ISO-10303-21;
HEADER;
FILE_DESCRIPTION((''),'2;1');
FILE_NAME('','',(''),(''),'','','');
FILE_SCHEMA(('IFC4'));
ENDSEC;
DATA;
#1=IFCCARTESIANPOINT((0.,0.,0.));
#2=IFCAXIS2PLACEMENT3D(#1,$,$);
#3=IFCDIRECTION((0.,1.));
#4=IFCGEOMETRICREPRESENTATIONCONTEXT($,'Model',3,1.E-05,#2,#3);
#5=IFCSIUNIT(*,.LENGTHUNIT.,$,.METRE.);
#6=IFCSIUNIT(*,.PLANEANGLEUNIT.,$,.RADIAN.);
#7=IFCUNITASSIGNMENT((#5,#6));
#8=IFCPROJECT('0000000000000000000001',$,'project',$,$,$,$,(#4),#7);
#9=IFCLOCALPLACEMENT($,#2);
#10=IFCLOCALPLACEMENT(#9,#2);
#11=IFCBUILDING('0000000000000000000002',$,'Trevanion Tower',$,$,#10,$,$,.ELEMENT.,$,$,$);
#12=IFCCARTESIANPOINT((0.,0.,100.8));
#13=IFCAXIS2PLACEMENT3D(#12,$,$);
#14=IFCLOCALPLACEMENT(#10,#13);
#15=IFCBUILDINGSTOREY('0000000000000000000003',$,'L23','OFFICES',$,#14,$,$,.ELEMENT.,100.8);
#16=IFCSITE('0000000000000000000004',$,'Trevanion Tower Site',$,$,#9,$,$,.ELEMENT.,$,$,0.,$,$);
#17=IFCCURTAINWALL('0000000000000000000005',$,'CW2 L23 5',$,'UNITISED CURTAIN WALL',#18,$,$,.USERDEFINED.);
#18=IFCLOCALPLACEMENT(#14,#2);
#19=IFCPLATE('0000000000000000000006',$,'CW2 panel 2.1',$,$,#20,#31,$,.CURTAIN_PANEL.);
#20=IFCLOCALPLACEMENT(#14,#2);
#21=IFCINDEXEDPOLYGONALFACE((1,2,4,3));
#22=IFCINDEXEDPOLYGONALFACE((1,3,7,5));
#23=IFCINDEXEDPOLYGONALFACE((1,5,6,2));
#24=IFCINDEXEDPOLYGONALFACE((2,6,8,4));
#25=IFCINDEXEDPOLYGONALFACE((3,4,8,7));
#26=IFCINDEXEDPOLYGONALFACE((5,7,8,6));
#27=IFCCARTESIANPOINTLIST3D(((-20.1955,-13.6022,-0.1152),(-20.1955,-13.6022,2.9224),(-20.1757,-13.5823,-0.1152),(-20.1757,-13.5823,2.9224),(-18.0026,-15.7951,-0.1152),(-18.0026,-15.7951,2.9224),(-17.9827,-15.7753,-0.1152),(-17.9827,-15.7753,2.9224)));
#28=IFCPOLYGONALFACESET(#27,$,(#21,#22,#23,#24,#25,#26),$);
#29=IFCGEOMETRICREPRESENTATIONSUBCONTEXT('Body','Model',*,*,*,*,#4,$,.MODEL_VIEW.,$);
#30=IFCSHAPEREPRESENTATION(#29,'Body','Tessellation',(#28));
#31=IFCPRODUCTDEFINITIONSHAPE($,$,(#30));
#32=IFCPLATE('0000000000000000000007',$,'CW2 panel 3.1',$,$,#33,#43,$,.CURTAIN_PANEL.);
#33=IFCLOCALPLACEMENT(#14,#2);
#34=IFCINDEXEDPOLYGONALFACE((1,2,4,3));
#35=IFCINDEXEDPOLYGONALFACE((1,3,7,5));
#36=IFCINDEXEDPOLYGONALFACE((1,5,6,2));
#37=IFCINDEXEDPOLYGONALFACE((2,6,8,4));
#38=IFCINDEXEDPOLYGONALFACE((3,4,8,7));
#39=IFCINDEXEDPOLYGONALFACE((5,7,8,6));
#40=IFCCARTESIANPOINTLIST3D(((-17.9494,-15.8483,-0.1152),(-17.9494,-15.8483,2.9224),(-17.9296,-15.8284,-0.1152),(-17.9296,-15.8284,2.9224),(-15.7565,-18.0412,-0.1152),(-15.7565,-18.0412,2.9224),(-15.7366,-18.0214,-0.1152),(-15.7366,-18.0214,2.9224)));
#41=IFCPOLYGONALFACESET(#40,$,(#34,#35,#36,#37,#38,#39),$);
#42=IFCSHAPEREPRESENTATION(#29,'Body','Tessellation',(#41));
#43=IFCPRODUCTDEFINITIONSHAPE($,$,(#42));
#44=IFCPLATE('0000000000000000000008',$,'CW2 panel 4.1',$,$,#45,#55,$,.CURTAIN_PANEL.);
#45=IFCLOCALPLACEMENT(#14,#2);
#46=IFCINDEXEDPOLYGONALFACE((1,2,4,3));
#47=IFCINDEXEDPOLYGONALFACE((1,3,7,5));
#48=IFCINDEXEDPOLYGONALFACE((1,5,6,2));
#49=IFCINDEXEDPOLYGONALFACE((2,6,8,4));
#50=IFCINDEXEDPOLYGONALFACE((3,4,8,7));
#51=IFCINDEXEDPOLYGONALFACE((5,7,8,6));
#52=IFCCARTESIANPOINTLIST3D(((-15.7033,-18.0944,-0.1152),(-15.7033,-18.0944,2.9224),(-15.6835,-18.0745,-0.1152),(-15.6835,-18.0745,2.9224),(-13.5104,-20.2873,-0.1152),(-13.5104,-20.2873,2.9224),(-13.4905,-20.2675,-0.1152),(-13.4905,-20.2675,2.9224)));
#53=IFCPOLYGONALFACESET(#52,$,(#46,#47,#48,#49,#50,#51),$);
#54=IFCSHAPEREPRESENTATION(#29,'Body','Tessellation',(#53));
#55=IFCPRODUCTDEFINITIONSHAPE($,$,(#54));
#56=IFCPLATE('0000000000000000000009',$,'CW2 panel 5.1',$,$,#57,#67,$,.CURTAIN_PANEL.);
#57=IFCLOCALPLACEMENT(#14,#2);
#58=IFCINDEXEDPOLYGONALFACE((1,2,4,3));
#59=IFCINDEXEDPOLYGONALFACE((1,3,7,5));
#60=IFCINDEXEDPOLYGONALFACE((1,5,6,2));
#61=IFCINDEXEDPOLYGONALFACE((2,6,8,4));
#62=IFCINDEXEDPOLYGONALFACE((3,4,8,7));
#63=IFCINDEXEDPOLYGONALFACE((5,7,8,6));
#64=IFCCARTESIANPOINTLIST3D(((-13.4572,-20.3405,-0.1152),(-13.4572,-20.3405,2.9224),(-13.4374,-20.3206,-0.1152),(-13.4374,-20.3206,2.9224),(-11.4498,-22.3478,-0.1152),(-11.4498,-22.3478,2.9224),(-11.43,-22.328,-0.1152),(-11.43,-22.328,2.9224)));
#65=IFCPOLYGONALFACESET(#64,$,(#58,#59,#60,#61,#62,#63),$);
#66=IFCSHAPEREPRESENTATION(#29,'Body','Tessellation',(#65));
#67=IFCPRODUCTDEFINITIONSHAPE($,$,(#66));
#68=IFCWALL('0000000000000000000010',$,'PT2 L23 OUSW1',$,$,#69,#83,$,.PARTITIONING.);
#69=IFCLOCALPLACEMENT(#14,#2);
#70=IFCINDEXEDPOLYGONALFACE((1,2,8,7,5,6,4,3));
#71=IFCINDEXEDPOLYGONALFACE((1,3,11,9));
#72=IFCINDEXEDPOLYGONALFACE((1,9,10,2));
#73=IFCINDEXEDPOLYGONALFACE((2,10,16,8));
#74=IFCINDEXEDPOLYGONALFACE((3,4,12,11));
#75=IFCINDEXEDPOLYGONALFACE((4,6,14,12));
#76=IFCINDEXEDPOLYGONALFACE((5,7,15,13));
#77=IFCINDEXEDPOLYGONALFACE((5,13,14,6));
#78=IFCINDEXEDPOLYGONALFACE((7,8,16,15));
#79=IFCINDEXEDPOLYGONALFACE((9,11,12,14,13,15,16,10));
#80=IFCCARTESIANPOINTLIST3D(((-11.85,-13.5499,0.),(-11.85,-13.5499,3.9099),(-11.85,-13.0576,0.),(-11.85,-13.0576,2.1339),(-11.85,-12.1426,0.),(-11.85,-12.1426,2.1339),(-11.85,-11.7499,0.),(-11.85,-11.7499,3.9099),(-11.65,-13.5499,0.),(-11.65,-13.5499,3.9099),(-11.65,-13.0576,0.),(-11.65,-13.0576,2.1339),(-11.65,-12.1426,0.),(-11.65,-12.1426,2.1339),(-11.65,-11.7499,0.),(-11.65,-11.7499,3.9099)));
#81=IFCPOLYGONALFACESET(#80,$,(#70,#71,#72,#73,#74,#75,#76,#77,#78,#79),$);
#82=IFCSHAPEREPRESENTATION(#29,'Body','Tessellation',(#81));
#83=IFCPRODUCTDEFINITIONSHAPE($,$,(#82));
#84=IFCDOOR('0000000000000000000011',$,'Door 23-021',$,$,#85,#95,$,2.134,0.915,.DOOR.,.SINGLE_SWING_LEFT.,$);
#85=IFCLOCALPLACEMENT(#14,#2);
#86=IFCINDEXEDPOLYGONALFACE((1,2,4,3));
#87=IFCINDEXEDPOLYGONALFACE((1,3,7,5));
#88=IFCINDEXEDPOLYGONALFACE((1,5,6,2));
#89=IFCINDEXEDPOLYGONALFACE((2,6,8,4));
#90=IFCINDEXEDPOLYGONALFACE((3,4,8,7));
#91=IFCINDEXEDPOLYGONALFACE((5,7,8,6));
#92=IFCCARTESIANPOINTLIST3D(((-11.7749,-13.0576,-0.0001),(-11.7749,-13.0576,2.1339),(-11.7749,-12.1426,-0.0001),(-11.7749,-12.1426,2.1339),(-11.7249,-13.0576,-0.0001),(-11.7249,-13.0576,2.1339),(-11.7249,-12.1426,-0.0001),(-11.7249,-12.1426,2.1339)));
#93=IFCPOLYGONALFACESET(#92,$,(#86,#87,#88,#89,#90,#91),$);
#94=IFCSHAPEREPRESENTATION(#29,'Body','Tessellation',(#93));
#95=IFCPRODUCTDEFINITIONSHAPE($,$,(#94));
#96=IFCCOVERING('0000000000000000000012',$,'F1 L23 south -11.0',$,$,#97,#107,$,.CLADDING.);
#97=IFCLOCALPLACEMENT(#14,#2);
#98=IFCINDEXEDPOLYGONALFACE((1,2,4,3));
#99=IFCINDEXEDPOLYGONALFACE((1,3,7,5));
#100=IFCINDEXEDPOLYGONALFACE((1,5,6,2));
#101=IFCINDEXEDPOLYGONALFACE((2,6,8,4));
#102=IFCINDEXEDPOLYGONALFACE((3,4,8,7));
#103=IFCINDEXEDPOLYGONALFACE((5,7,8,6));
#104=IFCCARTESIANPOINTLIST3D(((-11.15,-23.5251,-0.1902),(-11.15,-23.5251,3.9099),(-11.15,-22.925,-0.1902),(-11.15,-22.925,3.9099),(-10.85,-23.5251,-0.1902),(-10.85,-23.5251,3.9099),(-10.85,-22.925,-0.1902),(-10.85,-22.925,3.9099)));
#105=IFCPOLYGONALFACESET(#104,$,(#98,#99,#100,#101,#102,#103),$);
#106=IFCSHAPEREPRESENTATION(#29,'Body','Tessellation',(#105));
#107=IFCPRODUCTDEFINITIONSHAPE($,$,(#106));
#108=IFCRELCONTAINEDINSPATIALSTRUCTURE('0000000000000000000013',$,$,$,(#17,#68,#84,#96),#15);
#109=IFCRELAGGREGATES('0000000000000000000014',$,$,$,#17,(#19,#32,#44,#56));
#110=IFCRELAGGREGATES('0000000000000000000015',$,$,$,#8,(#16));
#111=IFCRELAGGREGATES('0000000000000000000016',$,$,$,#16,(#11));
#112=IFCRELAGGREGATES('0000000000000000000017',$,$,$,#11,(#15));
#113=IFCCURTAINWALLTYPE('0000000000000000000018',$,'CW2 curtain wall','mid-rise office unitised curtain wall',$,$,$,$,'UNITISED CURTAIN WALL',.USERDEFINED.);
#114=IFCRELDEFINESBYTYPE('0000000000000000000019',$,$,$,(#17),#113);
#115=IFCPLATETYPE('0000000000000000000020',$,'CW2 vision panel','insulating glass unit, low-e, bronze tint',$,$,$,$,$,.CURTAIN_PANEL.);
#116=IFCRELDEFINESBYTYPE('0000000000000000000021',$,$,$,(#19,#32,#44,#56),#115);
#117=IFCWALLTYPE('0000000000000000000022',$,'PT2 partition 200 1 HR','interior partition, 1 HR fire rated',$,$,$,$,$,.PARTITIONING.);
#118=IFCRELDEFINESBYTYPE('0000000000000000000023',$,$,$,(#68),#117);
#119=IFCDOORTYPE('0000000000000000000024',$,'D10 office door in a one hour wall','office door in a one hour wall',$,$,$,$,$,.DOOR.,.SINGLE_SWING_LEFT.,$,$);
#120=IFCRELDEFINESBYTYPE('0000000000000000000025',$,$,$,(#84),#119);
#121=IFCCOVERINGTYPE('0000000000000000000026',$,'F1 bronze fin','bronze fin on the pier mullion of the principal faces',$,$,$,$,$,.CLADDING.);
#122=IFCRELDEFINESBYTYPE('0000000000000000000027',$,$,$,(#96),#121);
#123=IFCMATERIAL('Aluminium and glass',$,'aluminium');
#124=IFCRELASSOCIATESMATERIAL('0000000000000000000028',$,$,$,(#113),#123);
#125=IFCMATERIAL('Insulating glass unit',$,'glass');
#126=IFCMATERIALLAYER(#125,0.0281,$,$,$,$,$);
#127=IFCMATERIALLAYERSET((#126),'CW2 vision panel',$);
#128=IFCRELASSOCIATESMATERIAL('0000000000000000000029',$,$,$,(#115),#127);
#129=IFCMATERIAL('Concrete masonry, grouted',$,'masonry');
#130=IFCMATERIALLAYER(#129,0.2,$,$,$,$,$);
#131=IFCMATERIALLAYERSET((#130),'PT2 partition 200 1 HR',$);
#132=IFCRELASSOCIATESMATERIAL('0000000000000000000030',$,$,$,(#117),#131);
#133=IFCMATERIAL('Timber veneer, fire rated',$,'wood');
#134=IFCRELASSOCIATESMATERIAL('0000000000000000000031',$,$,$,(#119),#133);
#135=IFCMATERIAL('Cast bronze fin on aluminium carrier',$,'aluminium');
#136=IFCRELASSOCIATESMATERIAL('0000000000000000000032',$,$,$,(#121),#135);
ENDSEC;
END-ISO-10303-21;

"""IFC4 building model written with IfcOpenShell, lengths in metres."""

from ifc_helpers import new_model, si_unit, direction, frame, frame_2d, origin, origin_2d, place, context, subcontext, project, spatial, rectangle, extrude, material, layer, layer_set, type_object, element, fill, aggregate, save


model = new_model("IFC4")

# Units and contexts
model_context = context("Model", 3, precision=1e-05, world=origin(), true_north=direction((0.0, 1.0)))
body_context = subcontext(model_context, "Body", "Model", "MODEL_VIEW")
ifc_project = project(units=[si_unit("LENGTHUNIT", "METRE"), si_unit("PLANEANGLEUNIT", "RADIAN")], contexts=[model_context])

# Site, building, storey
site_placement = place(None, origin())
site = spatial("IfcSite", under=ifc_project, at=site_placement, Name="Trevanion Tower Site", CompositionType="ELEMENT", RefElevation=0.0)
building_placement = place(site_placement, origin())
building = spatial("IfcBuilding", under=site, at=building_placement, Name="Trevanion Tower", CompositionType="ELEMENT")
storey_placement = place(building_placement, frame((0.0, 0.0, 100.8)))
storey = spatial("IfcBuildingStorey", under=building, at=storey_placement, Name="L23", Description="OFFICES", CompositionType="ELEMENT", Elevation=100.8)

# Curtain wall
ifc_material_1 = material(Name="Aluminium and glass", Category="aluminium")
curtain_wall_type = type_object("IfcCurtainWallType", Name="CW2 curtain wall", Description="mid-rise office unitised curtain wall", ElementType="UNITISED CURTAIN WALL", PredefinedType="USERDEFINED", material=ifc_material_1)
curtain_wall_1_placement = place(storey_placement, origin())
curtain_wall_1 = element("IfcCurtainWall", 1, at=curtain_wall_1_placement, inside=storey, type_object=curtain_wall_type, Name="CW2 L23 5", ObjectType="UNITISED CURTAIN WALL", PredefinedType="USERDEFINED")

# Plates
ifc_material_2 = material(Name="Insulating glass unit", Category="glass")
ifc_layer_1 = layer(ifc_material_2, 0.0281)
ifc_layer_set_1 = layer_set([ifc_layer_1], Name="CW2 vision panel")
plate_type_1 = type_object("IfcPlateType", Name="CW2 vision panel", Description="insulating glass unit, low-e, bronze tint", PredefinedType="CURTAIN_PANEL", material=ifc_layer_set_1)
plate_1_placement = place(storey_placement, frame((-19.0891, -14.6887, -0.1152), z_axis=(0.0, 0.0, 1.0), x_axis=(0.707107, -0.707107, 0.0)))
plate_1 = element("IfcPlate", 2, at=plate_1_placement, type_object=plate_type_1, Name="CW2 panel 2.1", PredefinedType="CURTAIN_PANEL", context=body_context, shape_type="SweptSolid", body=[
    extrude(rectangle(XDim=3.1013, YDim=0.0281, at=origin_2d()), origin(), (0.0, 0.0, 1.0), 3.0376),
])
plate_2_placement = place(storey_placement, frame((-16.843, -16.9348, -0.1152), z_axis=(0.0, 0.0, 1.0), x_axis=(0.707107, -0.707107, 0.0)))
plate_2 = element("IfcPlate", 3, at=plate_2_placement, type_object=plate_type_1, Name="CW2 panel 3.1", PredefinedType="CURTAIN_PANEL", context=body_context, shape_type="SweptSolid", body=[
    extrude(rectangle(XDim=3.1013, YDim=0.0281, at=origin_2d()), origin(), (0.0, 0.0, 1.0), 3.0376),
])
plate_3_placement = place(storey_placement, frame((-14.5969, -19.1809, -0.1152), z_axis=(0.0, 0.0, 1.0), x_axis=(0.707107, -0.707107, 0.0)))
plate_3 = element("IfcPlate", 4, at=plate_3_placement, type_object=plate_type_1, Name="CW2 panel 4.1", PredefinedType="CURTAIN_PANEL", context=body_context, shape_type="SweptSolid", body=[
    extrude(rectangle(XDim=3.1013, YDim=0.0281, at=origin_2d()), origin(), (0.0, 0.0, 1.0), 3.0376),
])
plate_4_placement = place(storey_placement, frame((-12.4436, -21.3342, -0.1152), z_axis=(0.0, 0.0, 1.0), x_axis=(0.707107, -0.707107, 0.0)))
plate_4 = element("IfcPlate", 5, at=plate_4_placement, type_object=plate_type_1, Name="CW2 panel 5.1", PredefinedType="CURTAIN_PANEL", context=body_context, shape_type="SweptSolid", body=[
    extrude(rectangle(XDim=2.8389, YDim=0.0281, at=origin_2d()), origin(), (0.0, 0.0, 1.0), 3.0376),
])
aggregate(curtain_wall_1, [plate_1, plate_2, plate_3, plate_4])

# Wall, opening, door
ifc_material_3 = material(Name="Concrete masonry, grouted", Category="masonry")
ifc_layer_2 = layer(ifc_material_3, 0.2)
ifc_layer_set_2 = layer_set([ifc_layer_2], Name="PT2 partition 200 1 HR")
wall_type = type_object("IfcWallType", Name="PT2 partition 200 1 HR", Description="interior partition, 1 HR fire rated", PredefinedType="PARTITIONING", material=ifc_layer_set_2)
wall_placement = place(storey_placement, frame((-11.75, -11.75, 0.0), z_axis=(0.0, 0.0, 1.0), x_axis=(0.0, -1.0, 0.0)))
wall = element("IfcWall", 6, at=wall_placement, inside=storey, type_object=wall_type, Name="PT2 L23 OUSW1", PredefinedType="PARTITIONING", context=body_context, shape_type="SweptSolid", body=[
    extrude(rectangle(XDim=1.8, YDim=0.2, at=frame_2d((0.8999, 0.0))), origin(), (0.0, 0.0, 1.0), 3.9099),
])
opening_placement = place(wall_placement, frame((0.3926, 0.0, 0.0)))
opening = element("IfcOpeningElement", 7, at=opening_placement, cuts=wall, PredefinedType="OPENING", context=body_context, shape_type="SweptSolid", body=[
    extrude(rectangle(XDim=0.915, YDim=2.134, at=frame_2d((0.4575, 1.0669))), frame((0.0, 0.1099, 0.0), z_axis=(0.0, -1.0, 0.0), x_axis=(1.0, 0.0, 0.0)), (0.0, 0.0, 1.0), 0.22),
])
ifc_material_4 = material(Name="Timber veneer, fire rated", Category="wood")
door_type = type_object("IfcDoorType", Name="D10 office door in a one hour wall", Description="office door in a one hour wall", OperationType="SINGLE_SWING_LEFT", PredefinedType="DOOR", material=ifc_material_4)
door_placement = place(opening_placement, frame((0.915, 0.0, 0.0), z_axis=(0.0, 0.0, 1.0), x_axis=(-1.0, 0.0, 0.0)))
door = element("IfcDoor", 8, at=door_placement, inside=storey, type_object=door_type, Name="Door 23-021", OperationType="SINGLE_SWING_LEFT", OverallHeight=2.134, OverallWidth=0.915, PredefinedType="DOOR", context=body_context, shape_type="SweptSolid", body=[
    extrude(rectangle(XDim=0.915, YDim=2.134, at=frame_2d((0.4575, 1.0669))), frame((0.0, 0.0249, 0.0), z_axis=(0.0, -1.0, 0.0), x_axis=(1.0, 0.0, 0.0)), (0.0, 0.0, 1.0), 0.05),
])
fill(opening, door)

# Covering
ifc_material_5 = material(Name="Cast bronze fin on aluminium carrier", Category="aluminium")
covering_type = type_object("IfcCoveringType", Name="F1 bronze fin", Description="bronze fin on the pier mullion of the principal faces", PredefinedType="CLADDING", material=ifc_material_5)
covering_placement = place(storey_placement, frame((-11.0, -23.2251, -0.1902), z_axis=(0.0, 0.0, 1.0), x_axis=(1.0, 0.0, 0.0)))
element("IfcCovering", 9, at=covering_placement, inside=storey, type_object=covering_type, Name="F1 L23 south -11.0", PredefinedType="CLADDING", context=body_context, shape_type="SweptSolid", body=[
    extrude(rectangle(XDim=0.3, YDim=0.6001, at=origin_2d()), origin(), (0.0, 0.0, 1.0), 4.1001),
])

save(model, "model.ifc")
